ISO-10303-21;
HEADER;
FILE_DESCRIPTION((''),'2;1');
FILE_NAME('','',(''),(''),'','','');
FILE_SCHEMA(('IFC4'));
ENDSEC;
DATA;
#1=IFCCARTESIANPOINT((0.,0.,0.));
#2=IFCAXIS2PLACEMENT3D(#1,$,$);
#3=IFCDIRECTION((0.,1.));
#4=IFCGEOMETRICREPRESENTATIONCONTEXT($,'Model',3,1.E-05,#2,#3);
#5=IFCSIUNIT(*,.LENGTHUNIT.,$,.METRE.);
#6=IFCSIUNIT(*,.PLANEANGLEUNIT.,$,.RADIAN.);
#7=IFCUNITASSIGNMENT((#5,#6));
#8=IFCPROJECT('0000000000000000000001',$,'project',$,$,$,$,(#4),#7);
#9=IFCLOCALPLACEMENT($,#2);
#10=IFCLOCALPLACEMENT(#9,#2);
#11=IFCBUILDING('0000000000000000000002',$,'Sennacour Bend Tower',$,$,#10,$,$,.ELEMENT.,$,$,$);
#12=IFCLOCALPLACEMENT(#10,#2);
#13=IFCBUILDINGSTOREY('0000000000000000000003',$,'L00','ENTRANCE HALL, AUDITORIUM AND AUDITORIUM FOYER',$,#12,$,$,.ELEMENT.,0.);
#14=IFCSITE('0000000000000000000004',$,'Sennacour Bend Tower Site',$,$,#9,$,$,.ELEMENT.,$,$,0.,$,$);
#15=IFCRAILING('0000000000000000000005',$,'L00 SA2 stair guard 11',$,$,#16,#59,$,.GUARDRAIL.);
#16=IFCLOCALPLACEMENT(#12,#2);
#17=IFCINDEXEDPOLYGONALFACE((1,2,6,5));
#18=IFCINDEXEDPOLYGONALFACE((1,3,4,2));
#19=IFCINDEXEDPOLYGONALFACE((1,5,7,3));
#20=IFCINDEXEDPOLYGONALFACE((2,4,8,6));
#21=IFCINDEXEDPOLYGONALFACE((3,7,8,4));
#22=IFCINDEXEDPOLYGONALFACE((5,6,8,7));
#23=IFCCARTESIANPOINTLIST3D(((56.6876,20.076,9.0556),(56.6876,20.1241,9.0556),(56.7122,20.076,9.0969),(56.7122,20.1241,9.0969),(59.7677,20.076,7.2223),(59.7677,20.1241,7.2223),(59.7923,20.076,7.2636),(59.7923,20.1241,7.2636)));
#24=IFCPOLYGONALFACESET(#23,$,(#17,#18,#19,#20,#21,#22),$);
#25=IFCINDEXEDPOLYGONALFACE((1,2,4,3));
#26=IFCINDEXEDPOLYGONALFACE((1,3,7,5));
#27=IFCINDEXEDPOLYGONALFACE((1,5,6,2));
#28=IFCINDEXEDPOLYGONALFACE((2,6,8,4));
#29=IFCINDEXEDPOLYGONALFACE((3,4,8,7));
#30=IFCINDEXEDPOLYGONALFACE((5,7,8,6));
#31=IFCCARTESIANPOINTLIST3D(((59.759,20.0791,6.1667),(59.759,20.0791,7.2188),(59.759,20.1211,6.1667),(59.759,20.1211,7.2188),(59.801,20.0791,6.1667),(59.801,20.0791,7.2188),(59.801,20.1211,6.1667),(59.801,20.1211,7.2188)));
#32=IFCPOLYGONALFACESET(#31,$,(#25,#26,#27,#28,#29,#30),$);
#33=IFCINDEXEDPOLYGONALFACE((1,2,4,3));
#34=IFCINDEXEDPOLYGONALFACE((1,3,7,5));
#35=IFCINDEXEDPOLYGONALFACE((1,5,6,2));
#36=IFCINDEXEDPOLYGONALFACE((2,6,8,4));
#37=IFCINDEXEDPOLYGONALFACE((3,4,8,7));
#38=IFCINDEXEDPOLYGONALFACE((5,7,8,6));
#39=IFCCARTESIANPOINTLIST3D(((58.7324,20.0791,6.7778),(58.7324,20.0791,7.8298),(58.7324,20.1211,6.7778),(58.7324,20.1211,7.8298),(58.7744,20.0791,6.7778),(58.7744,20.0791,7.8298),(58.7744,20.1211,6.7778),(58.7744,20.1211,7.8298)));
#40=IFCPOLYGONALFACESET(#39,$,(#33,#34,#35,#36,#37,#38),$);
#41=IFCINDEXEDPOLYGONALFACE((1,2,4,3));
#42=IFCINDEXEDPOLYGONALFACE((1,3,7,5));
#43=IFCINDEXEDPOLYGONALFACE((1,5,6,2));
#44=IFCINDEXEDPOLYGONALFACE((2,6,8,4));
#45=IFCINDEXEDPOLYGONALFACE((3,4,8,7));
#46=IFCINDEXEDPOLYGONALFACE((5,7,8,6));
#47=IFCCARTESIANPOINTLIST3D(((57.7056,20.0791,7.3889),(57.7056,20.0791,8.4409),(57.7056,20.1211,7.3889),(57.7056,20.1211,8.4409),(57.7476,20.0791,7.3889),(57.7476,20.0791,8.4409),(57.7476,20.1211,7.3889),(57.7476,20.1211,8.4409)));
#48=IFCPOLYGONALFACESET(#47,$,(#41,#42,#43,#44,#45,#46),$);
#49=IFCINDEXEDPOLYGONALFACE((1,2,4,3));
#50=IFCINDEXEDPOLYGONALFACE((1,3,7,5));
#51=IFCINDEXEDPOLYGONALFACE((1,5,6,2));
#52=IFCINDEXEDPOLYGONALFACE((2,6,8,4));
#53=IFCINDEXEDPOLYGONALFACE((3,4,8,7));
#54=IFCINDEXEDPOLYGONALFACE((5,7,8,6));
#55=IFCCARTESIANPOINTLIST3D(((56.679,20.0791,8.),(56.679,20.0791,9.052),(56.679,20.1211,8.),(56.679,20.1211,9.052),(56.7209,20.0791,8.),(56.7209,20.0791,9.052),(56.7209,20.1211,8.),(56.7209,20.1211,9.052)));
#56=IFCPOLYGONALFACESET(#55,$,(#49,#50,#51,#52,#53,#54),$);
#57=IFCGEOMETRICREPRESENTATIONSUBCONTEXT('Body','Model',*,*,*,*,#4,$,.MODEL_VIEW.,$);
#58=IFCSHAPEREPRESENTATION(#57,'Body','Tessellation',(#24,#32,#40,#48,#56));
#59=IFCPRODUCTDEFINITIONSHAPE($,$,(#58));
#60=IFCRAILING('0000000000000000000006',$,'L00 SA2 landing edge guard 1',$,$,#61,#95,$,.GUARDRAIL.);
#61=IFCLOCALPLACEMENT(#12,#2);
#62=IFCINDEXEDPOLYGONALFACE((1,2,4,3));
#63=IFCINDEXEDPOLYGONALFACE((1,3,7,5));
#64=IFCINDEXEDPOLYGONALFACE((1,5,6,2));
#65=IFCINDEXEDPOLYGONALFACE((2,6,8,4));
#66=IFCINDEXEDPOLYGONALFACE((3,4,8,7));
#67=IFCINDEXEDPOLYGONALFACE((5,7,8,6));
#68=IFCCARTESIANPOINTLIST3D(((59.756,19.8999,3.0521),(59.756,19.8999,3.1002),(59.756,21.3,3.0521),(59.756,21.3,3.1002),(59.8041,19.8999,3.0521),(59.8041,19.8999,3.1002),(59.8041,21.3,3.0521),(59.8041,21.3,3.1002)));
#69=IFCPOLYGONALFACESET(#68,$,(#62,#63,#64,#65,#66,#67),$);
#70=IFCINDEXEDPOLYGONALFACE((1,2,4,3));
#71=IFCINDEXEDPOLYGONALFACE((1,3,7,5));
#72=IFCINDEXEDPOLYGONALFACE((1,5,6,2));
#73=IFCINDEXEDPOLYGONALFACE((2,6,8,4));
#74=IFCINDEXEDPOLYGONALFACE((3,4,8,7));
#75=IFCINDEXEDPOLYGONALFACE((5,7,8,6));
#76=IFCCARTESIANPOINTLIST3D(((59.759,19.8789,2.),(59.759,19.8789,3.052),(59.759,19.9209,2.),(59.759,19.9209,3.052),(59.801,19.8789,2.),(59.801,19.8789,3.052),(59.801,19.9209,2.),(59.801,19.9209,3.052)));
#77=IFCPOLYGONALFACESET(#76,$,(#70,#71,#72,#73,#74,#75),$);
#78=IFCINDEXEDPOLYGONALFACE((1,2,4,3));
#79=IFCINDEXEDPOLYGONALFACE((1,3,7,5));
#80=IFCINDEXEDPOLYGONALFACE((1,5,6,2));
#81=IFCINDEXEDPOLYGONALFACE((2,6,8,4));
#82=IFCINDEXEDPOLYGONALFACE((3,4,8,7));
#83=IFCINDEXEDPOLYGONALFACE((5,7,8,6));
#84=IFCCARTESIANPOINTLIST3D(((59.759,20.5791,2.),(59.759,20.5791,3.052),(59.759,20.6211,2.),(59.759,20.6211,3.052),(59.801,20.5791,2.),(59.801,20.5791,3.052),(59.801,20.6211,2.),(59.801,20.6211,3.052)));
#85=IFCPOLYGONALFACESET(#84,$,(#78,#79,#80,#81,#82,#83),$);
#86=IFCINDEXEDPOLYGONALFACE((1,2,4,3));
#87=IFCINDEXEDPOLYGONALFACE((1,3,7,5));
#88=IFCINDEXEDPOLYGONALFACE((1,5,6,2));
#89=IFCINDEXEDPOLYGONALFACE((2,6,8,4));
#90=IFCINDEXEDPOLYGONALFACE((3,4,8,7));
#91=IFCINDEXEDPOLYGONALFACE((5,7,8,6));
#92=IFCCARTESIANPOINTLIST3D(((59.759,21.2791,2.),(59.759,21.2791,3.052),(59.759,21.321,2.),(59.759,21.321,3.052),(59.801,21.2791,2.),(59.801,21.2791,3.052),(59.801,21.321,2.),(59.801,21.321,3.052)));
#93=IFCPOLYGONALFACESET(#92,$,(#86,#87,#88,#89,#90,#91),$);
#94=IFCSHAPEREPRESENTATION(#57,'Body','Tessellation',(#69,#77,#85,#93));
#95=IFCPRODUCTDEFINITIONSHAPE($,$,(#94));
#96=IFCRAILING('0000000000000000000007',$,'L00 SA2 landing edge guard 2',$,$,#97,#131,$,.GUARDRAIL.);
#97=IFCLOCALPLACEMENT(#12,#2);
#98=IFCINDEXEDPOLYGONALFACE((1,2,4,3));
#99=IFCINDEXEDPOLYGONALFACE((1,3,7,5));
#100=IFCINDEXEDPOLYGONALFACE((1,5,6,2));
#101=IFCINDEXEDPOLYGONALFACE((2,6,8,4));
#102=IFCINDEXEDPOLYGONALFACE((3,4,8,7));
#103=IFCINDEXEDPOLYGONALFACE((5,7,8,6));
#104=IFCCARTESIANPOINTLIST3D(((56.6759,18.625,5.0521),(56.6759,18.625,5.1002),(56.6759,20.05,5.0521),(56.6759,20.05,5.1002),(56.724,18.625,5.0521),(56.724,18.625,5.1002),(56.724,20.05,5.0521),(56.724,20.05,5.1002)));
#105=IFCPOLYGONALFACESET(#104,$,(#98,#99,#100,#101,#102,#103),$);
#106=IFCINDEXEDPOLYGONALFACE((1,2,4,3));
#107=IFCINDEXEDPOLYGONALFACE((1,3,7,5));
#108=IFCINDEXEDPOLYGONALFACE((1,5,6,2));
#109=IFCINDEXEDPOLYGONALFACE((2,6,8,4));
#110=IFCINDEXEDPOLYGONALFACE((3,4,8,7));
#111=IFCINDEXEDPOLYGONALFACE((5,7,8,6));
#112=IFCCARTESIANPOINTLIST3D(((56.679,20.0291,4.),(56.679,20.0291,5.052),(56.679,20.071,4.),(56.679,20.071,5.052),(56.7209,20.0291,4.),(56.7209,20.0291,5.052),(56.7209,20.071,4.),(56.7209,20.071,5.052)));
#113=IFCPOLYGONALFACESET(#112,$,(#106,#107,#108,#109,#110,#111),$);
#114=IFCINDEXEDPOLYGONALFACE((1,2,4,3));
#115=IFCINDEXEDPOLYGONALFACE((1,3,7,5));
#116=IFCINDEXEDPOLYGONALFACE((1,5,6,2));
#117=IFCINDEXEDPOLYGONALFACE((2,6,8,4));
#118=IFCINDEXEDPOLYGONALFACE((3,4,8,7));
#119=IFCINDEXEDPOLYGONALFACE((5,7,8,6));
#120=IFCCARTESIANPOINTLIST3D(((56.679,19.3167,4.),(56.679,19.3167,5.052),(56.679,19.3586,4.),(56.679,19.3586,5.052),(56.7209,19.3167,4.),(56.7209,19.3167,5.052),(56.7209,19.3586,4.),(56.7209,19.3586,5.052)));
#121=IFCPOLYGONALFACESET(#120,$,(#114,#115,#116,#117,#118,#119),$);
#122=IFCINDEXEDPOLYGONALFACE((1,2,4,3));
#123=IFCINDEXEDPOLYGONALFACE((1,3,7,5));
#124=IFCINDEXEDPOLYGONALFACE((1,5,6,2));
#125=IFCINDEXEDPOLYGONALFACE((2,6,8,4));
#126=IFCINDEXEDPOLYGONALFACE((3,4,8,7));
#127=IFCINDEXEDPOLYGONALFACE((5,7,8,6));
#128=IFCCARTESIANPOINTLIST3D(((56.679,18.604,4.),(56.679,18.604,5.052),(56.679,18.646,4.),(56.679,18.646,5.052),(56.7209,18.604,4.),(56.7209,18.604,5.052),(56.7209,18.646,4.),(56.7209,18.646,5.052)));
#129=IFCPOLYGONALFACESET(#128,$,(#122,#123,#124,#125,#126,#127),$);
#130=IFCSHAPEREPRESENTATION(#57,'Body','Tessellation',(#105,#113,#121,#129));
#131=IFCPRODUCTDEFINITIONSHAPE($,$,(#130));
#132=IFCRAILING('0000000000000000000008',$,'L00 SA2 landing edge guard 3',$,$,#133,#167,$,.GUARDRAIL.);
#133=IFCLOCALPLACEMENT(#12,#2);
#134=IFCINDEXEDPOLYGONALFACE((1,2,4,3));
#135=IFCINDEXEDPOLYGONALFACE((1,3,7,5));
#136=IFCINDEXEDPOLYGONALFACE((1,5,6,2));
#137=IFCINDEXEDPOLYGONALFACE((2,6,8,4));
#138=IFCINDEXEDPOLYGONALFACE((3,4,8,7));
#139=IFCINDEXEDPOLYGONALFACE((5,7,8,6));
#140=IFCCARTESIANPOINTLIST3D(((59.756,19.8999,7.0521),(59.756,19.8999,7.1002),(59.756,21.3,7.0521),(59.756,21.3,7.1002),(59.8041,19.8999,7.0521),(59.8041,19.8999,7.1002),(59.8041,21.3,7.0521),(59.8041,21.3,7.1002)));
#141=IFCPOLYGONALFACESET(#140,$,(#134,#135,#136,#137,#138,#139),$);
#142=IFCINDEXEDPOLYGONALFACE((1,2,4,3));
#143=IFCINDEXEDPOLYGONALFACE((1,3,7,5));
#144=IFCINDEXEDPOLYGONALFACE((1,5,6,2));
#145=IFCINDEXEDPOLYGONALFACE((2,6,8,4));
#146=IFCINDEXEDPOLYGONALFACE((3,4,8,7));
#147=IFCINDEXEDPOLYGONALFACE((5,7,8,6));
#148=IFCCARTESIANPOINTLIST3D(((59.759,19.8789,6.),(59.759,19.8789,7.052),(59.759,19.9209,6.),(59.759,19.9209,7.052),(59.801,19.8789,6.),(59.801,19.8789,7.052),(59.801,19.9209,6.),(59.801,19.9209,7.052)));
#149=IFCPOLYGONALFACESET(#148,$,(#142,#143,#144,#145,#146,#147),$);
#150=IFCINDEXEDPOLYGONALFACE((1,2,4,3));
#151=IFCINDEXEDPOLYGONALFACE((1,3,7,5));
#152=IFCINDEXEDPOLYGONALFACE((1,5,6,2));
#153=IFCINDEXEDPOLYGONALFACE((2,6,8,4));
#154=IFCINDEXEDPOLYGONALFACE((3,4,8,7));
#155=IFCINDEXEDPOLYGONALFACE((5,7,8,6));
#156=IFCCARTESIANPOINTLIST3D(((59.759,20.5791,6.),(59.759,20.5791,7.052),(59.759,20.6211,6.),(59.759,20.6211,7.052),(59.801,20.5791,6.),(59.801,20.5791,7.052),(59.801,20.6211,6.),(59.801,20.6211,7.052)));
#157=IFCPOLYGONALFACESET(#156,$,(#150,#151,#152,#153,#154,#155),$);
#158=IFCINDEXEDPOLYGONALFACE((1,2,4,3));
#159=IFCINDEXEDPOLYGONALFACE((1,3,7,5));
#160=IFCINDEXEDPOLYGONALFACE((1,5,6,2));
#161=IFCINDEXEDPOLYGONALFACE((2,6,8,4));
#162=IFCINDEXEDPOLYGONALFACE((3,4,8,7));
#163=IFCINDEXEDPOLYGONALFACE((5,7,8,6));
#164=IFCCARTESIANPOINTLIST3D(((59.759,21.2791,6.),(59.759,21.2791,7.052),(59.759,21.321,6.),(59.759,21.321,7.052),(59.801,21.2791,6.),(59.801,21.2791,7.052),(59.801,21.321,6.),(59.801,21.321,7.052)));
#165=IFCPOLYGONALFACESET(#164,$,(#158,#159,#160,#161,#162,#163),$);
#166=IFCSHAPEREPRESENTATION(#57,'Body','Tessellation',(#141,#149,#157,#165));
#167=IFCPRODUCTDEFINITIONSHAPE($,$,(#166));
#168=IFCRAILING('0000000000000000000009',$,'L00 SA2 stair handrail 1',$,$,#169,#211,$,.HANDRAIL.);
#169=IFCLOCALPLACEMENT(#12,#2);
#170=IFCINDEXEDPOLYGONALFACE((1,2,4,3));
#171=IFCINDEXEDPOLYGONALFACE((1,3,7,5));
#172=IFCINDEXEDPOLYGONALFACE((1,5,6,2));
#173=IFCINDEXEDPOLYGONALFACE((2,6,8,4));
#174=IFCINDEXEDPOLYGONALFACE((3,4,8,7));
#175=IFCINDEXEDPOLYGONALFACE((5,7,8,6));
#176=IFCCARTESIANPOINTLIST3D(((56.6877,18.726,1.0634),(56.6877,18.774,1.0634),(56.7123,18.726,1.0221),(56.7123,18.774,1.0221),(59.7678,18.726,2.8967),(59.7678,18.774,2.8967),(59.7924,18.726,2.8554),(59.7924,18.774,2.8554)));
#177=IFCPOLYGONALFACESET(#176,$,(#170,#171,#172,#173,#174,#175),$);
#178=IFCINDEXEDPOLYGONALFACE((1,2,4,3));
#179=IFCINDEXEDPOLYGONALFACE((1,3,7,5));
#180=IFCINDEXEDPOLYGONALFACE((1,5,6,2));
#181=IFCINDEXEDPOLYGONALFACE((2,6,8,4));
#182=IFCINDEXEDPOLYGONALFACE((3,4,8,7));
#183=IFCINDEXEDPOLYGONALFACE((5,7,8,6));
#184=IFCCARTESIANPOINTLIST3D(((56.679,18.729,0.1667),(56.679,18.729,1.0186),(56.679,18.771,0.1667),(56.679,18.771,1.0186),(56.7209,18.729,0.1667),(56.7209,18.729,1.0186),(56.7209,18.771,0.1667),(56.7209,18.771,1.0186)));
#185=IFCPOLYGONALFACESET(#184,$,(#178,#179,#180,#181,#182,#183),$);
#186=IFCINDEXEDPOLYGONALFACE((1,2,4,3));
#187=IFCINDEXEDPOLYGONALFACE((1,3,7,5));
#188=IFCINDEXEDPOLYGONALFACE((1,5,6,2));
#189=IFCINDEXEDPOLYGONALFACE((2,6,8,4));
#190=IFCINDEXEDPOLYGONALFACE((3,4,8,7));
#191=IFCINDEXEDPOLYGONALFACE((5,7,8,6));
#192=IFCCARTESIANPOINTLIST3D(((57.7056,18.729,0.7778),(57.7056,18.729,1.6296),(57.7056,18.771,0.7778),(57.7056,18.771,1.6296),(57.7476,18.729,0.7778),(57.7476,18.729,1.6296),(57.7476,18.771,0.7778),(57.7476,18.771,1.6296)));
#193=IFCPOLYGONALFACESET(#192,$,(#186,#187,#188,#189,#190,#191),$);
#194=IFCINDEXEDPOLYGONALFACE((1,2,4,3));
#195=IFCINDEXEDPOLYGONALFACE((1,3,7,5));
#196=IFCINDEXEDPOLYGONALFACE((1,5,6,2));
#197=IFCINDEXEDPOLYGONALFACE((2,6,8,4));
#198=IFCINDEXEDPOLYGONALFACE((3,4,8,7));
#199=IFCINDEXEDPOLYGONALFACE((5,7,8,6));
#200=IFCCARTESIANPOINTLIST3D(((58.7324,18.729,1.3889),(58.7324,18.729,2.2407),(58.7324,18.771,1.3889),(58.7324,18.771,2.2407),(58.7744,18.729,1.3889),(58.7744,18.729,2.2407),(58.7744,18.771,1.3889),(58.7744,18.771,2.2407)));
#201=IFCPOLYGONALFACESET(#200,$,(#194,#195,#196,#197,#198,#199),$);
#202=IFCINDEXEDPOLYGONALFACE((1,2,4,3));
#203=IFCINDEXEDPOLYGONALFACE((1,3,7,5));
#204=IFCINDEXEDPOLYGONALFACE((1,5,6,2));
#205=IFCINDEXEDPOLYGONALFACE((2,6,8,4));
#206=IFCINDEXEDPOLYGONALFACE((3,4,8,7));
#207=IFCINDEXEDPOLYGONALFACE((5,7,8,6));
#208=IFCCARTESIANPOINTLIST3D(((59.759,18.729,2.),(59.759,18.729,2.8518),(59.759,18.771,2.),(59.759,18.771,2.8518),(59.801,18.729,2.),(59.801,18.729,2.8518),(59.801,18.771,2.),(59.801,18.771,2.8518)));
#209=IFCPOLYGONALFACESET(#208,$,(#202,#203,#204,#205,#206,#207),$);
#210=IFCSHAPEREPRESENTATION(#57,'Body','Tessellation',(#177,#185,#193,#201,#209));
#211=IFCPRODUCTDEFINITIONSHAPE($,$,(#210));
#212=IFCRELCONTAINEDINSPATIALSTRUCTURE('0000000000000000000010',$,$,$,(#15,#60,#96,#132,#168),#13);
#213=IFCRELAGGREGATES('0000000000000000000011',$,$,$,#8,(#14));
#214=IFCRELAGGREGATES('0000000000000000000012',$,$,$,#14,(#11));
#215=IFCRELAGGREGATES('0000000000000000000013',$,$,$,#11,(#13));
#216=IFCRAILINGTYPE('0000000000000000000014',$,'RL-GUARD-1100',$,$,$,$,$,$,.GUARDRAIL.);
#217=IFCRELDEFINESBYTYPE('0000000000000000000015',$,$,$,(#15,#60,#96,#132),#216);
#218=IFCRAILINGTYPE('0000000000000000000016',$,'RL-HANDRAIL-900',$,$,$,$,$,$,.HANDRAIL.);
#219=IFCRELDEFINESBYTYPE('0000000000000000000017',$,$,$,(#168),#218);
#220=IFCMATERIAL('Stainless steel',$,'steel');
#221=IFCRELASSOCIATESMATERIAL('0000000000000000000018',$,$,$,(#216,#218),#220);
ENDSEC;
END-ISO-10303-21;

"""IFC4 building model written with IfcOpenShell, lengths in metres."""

from ifc_helpers import new_model, si_unit, direction, frame, origin, origin_2d, place, context, subcontext, project, spatial, rectangle, extrude, material, type_object, element, save


model = new_model("IFC4")

# Units and contexts
model_context = context("Model", 3, precision=1e-05, world=origin(), true_north=direction((0.0, 1.0)))
body_context = subcontext(model_context, "Body", "Model", "MODEL_VIEW")
ifc_project = project(units=[si_unit("LENGTHUNIT", "METRE"), si_unit("PLANEANGLEUNIT", "RADIAN")], contexts=[model_context])

# Site, building, storey
site_placement = place(None, origin())
site = spatial("IfcSite", under=ifc_project, at=site_placement, Name="Sennacour Bend Tower Site", CompositionType="ELEMENT", RefElevation=0.0)
building_placement = place(site_placement, origin())
building = spatial("IfcBuilding", under=site, at=building_placement, Name="Sennacour Bend Tower", CompositionType="ELEMENT")
storey_placement = place(building_placement, origin())
storey = spatial("IfcBuildingStorey", under=building, at=storey_placement, Name="L00", Description="ENTRANCE HALL, AUDITORIUM AND AUDITORIUM FOYER", CompositionType="ELEMENT", Elevation=0.0)

# Shared definitions
ifc_material_1 = material(Name="Stainless steel", Category="steel")

# Railings
railing_type_1 = type_object("IfcRailingType", Name="RL-GUARD-1100", PredefinedType="GUARDRAIL", material=ifc_material_1)
railing_1_placement = place(storey_placement, frame((59.78, 20.1001, 6.1667)))
element("IfcRailing", 1, at=railing_1_placement, inside=storey, type_object=railing_type_1, Name="L00 SA2 stair guard 11", PredefinedType="GUARDRAIL", context=body_context, shape_type="SweptSolid", body=[
    extrude(rectangle(XDim=0.0481, YDim=0.0481, at=origin_2d()), frame((0.0, 0.0, 1.0762), z_axis=(-0.859309, 0.0, 0.511458), x_axis=(0.0, -1.0, 0.0)), (0.0, 0.0, 1.0), 3.5845),
    extrude(rectangle(XDim=0.042, YDim=0.042, at=origin_2d()), origin(), (0.0, 0.0, 1.0), 1.052),
    extrude(rectangle(XDim=0.042, YDim=0.042, at=origin_2d()), frame((-1.0266, 0.0, 0.6111)), (0.0, 0.0, 1.0), 1.052),
    extrude(rectangle(XDim=0.042, YDim=0.042, at=origin_2d()), frame((-2.0535, 0.0, 1.2222)), (0.0, 0.0, 1.0), 1.052),
    extrude(rectangle(XDim=0.042, YDim=0.042, at=origin_2d()), frame((-3.0801, 0.0, 1.8333)), (0.0, 0.0, 1.0), 1.052),
])
railing_2_placement = place(storey_placement, frame((59.78, 19.8999, 2.0)))
element("IfcRailing", 2, at=railing_2_placement, inside=storey, type_object=railing_type_1, Name="L00 SA2 landing edge guard 1", PredefinedType="GUARDRAIL", context=body_context, shape_type="SweptSolid", body=[
    extrude(rectangle(XDim=0.0481, YDim=0.0481, at=origin_2d()), frame((0.0, 0.0, 1.0762), z_axis=(0.0, 1.0, 0.0), x_axis=(-1.0, 0.0, 0.0)), (0.0, 0.0, 1.0), 1.4001),
    extrude(rectangle(XDim=0.042, YDim=0.042, at=origin_2d()), origin(), (0.0, 0.0, 1.0), 1.052),
    extrude(rectangle(XDim=0.042, YDim=0.042, at=origin_2d()), frame((0.0, 0.7002, 0.0)), (0.0, 0.0, 1.0), 1.052),
    extrude(rectangle(XDim=0.042, YDim=0.042, at=origin_2d()), frame((0.0, 1.4001, 0.0)), (0.0, 0.0, 1.0), 1.052),
])
railing_3_placement = place(storey_placement, frame((56.7, 20.05, 4.0)))
element("IfcRailing", 3, at=railing_3_placement, inside=storey, type_object=railing_type_1, Name="L00 SA2 landing edge guard 2", PredefinedType="GUARDRAIL", context=body_context, shape_type="SweptSolid", body=[
    extrude(rectangle(XDim=0.0481, YDim=0.0481, at=origin_2d()), frame((0.0, 0.0, 1.0762), z_axis=(0.0, -1.0, 0.0), x_axis=(1.0, 0.0, 0.0)), (0.0, 0.0, 1.0), 1.425),
    extrude(rectangle(XDim=0.042, YDim=0.042, at=origin_2d()), origin(), (0.0, 0.0, 1.0), 1.052),
    extrude(rectangle(XDim=0.042, YDim=0.042, at=origin_2d()), frame((0.0, -0.7124, 0.0)), (0.0, 0.0, 1.0), 1.052),
    extrude(rectangle(XDim=0.042, YDim=0.042, at=origin_2d()), frame((0.0, -1.425, 0.0)), (0.0, 0.0, 1.0), 1.052),
])
railing_4_placement = place(storey_placement, frame((59.78, 19.8999, 6.0)))
element("IfcRailing", 4, at=railing_4_placement, inside=storey, type_object=railing_type_1, Name="L00 SA2 landing edge guard 3", PredefinedType="GUARDRAIL", context=body_context, shape_type="SweptSolid", body=[
    extrude(rectangle(XDim=0.0481, YDim=0.0481, at=origin_2d()), frame((0.0, 0.0, 1.0762), z_axis=(0.0, 1.0, 0.0), x_axis=(-1.0, 0.0, 0.0)), (0.0, 0.0, 1.0), 1.4001),
    extrude(rectangle(XDim=0.042, YDim=0.042, at=origin_2d()), origin(), (0.0, 0.0, 1.0), 1.052),
    extrude(rectangle(XDim=0.042, YDim=0.042, at=origin_2d()), frame((0.0, 0.7002, 0.0)), (0.0, 0.0, 1.0), 1.052),
    extrude(rectangle(XDim=0.042, YDim=0.042, at=origin_2d()), frame((0.0, 1.4001, 0.0)), (0.0, 0.0, 1.0), 1.052),
])
railing_type_2 = type_object("IfcRailingType", Name="RL-HANDRAIL-900", PredefinedType="HANDRAIL", material=ifc_material_1)
railing_5_placement = place(storey_placement, frame((56.7, 18.75, 0.1667)))
element("IfcRailing", 5, at=railing_5_placement, inside=storey, type_object=railing_type_2, Name="L00 SA2 stair handrail 1", PredefinedType="HANDRAIL", context=body_context, shape_type="SweptSolid", body=[
    extrude(rectangle(XDim=0.0481, YDim=0.0481, at=origin_2d()), frame((0.0, 0.0, 0.876), z_axis=(0.859309, 0.0, 0.511458), x_axis=(0.0, 1.0, 0.0)), (0.0, 0.0, 1.0), 3.5845),
    extrude(rectangle(XDim=0.042, YDim=0.042, at=origin_2d()), origin(), (0.0, 0.0, 1.0), 0.8518),
    extrude(rectangle(XDim=0.042, YDim=0.042, at=origin_2d()), frame((1.0266, 0.0, 0.6111)), (0.0, 0.0, 1.0), 0.8518),
    extrude(rectangle(XDim=0.042, YDim=0.042, at=origin_2d()), frame((2.0535, 0.0, 1.2222)), (0.0, 0.0, 1.0), 0.8518),
    extrude(rectangle(XDim=0.042, YDim=0.042, at=origin_2d()), frame((3.0801, 0.0, 1.8333)), (0.0, 0.0, 1.0), 0.8518),
])

save(model, "model.ifc")
